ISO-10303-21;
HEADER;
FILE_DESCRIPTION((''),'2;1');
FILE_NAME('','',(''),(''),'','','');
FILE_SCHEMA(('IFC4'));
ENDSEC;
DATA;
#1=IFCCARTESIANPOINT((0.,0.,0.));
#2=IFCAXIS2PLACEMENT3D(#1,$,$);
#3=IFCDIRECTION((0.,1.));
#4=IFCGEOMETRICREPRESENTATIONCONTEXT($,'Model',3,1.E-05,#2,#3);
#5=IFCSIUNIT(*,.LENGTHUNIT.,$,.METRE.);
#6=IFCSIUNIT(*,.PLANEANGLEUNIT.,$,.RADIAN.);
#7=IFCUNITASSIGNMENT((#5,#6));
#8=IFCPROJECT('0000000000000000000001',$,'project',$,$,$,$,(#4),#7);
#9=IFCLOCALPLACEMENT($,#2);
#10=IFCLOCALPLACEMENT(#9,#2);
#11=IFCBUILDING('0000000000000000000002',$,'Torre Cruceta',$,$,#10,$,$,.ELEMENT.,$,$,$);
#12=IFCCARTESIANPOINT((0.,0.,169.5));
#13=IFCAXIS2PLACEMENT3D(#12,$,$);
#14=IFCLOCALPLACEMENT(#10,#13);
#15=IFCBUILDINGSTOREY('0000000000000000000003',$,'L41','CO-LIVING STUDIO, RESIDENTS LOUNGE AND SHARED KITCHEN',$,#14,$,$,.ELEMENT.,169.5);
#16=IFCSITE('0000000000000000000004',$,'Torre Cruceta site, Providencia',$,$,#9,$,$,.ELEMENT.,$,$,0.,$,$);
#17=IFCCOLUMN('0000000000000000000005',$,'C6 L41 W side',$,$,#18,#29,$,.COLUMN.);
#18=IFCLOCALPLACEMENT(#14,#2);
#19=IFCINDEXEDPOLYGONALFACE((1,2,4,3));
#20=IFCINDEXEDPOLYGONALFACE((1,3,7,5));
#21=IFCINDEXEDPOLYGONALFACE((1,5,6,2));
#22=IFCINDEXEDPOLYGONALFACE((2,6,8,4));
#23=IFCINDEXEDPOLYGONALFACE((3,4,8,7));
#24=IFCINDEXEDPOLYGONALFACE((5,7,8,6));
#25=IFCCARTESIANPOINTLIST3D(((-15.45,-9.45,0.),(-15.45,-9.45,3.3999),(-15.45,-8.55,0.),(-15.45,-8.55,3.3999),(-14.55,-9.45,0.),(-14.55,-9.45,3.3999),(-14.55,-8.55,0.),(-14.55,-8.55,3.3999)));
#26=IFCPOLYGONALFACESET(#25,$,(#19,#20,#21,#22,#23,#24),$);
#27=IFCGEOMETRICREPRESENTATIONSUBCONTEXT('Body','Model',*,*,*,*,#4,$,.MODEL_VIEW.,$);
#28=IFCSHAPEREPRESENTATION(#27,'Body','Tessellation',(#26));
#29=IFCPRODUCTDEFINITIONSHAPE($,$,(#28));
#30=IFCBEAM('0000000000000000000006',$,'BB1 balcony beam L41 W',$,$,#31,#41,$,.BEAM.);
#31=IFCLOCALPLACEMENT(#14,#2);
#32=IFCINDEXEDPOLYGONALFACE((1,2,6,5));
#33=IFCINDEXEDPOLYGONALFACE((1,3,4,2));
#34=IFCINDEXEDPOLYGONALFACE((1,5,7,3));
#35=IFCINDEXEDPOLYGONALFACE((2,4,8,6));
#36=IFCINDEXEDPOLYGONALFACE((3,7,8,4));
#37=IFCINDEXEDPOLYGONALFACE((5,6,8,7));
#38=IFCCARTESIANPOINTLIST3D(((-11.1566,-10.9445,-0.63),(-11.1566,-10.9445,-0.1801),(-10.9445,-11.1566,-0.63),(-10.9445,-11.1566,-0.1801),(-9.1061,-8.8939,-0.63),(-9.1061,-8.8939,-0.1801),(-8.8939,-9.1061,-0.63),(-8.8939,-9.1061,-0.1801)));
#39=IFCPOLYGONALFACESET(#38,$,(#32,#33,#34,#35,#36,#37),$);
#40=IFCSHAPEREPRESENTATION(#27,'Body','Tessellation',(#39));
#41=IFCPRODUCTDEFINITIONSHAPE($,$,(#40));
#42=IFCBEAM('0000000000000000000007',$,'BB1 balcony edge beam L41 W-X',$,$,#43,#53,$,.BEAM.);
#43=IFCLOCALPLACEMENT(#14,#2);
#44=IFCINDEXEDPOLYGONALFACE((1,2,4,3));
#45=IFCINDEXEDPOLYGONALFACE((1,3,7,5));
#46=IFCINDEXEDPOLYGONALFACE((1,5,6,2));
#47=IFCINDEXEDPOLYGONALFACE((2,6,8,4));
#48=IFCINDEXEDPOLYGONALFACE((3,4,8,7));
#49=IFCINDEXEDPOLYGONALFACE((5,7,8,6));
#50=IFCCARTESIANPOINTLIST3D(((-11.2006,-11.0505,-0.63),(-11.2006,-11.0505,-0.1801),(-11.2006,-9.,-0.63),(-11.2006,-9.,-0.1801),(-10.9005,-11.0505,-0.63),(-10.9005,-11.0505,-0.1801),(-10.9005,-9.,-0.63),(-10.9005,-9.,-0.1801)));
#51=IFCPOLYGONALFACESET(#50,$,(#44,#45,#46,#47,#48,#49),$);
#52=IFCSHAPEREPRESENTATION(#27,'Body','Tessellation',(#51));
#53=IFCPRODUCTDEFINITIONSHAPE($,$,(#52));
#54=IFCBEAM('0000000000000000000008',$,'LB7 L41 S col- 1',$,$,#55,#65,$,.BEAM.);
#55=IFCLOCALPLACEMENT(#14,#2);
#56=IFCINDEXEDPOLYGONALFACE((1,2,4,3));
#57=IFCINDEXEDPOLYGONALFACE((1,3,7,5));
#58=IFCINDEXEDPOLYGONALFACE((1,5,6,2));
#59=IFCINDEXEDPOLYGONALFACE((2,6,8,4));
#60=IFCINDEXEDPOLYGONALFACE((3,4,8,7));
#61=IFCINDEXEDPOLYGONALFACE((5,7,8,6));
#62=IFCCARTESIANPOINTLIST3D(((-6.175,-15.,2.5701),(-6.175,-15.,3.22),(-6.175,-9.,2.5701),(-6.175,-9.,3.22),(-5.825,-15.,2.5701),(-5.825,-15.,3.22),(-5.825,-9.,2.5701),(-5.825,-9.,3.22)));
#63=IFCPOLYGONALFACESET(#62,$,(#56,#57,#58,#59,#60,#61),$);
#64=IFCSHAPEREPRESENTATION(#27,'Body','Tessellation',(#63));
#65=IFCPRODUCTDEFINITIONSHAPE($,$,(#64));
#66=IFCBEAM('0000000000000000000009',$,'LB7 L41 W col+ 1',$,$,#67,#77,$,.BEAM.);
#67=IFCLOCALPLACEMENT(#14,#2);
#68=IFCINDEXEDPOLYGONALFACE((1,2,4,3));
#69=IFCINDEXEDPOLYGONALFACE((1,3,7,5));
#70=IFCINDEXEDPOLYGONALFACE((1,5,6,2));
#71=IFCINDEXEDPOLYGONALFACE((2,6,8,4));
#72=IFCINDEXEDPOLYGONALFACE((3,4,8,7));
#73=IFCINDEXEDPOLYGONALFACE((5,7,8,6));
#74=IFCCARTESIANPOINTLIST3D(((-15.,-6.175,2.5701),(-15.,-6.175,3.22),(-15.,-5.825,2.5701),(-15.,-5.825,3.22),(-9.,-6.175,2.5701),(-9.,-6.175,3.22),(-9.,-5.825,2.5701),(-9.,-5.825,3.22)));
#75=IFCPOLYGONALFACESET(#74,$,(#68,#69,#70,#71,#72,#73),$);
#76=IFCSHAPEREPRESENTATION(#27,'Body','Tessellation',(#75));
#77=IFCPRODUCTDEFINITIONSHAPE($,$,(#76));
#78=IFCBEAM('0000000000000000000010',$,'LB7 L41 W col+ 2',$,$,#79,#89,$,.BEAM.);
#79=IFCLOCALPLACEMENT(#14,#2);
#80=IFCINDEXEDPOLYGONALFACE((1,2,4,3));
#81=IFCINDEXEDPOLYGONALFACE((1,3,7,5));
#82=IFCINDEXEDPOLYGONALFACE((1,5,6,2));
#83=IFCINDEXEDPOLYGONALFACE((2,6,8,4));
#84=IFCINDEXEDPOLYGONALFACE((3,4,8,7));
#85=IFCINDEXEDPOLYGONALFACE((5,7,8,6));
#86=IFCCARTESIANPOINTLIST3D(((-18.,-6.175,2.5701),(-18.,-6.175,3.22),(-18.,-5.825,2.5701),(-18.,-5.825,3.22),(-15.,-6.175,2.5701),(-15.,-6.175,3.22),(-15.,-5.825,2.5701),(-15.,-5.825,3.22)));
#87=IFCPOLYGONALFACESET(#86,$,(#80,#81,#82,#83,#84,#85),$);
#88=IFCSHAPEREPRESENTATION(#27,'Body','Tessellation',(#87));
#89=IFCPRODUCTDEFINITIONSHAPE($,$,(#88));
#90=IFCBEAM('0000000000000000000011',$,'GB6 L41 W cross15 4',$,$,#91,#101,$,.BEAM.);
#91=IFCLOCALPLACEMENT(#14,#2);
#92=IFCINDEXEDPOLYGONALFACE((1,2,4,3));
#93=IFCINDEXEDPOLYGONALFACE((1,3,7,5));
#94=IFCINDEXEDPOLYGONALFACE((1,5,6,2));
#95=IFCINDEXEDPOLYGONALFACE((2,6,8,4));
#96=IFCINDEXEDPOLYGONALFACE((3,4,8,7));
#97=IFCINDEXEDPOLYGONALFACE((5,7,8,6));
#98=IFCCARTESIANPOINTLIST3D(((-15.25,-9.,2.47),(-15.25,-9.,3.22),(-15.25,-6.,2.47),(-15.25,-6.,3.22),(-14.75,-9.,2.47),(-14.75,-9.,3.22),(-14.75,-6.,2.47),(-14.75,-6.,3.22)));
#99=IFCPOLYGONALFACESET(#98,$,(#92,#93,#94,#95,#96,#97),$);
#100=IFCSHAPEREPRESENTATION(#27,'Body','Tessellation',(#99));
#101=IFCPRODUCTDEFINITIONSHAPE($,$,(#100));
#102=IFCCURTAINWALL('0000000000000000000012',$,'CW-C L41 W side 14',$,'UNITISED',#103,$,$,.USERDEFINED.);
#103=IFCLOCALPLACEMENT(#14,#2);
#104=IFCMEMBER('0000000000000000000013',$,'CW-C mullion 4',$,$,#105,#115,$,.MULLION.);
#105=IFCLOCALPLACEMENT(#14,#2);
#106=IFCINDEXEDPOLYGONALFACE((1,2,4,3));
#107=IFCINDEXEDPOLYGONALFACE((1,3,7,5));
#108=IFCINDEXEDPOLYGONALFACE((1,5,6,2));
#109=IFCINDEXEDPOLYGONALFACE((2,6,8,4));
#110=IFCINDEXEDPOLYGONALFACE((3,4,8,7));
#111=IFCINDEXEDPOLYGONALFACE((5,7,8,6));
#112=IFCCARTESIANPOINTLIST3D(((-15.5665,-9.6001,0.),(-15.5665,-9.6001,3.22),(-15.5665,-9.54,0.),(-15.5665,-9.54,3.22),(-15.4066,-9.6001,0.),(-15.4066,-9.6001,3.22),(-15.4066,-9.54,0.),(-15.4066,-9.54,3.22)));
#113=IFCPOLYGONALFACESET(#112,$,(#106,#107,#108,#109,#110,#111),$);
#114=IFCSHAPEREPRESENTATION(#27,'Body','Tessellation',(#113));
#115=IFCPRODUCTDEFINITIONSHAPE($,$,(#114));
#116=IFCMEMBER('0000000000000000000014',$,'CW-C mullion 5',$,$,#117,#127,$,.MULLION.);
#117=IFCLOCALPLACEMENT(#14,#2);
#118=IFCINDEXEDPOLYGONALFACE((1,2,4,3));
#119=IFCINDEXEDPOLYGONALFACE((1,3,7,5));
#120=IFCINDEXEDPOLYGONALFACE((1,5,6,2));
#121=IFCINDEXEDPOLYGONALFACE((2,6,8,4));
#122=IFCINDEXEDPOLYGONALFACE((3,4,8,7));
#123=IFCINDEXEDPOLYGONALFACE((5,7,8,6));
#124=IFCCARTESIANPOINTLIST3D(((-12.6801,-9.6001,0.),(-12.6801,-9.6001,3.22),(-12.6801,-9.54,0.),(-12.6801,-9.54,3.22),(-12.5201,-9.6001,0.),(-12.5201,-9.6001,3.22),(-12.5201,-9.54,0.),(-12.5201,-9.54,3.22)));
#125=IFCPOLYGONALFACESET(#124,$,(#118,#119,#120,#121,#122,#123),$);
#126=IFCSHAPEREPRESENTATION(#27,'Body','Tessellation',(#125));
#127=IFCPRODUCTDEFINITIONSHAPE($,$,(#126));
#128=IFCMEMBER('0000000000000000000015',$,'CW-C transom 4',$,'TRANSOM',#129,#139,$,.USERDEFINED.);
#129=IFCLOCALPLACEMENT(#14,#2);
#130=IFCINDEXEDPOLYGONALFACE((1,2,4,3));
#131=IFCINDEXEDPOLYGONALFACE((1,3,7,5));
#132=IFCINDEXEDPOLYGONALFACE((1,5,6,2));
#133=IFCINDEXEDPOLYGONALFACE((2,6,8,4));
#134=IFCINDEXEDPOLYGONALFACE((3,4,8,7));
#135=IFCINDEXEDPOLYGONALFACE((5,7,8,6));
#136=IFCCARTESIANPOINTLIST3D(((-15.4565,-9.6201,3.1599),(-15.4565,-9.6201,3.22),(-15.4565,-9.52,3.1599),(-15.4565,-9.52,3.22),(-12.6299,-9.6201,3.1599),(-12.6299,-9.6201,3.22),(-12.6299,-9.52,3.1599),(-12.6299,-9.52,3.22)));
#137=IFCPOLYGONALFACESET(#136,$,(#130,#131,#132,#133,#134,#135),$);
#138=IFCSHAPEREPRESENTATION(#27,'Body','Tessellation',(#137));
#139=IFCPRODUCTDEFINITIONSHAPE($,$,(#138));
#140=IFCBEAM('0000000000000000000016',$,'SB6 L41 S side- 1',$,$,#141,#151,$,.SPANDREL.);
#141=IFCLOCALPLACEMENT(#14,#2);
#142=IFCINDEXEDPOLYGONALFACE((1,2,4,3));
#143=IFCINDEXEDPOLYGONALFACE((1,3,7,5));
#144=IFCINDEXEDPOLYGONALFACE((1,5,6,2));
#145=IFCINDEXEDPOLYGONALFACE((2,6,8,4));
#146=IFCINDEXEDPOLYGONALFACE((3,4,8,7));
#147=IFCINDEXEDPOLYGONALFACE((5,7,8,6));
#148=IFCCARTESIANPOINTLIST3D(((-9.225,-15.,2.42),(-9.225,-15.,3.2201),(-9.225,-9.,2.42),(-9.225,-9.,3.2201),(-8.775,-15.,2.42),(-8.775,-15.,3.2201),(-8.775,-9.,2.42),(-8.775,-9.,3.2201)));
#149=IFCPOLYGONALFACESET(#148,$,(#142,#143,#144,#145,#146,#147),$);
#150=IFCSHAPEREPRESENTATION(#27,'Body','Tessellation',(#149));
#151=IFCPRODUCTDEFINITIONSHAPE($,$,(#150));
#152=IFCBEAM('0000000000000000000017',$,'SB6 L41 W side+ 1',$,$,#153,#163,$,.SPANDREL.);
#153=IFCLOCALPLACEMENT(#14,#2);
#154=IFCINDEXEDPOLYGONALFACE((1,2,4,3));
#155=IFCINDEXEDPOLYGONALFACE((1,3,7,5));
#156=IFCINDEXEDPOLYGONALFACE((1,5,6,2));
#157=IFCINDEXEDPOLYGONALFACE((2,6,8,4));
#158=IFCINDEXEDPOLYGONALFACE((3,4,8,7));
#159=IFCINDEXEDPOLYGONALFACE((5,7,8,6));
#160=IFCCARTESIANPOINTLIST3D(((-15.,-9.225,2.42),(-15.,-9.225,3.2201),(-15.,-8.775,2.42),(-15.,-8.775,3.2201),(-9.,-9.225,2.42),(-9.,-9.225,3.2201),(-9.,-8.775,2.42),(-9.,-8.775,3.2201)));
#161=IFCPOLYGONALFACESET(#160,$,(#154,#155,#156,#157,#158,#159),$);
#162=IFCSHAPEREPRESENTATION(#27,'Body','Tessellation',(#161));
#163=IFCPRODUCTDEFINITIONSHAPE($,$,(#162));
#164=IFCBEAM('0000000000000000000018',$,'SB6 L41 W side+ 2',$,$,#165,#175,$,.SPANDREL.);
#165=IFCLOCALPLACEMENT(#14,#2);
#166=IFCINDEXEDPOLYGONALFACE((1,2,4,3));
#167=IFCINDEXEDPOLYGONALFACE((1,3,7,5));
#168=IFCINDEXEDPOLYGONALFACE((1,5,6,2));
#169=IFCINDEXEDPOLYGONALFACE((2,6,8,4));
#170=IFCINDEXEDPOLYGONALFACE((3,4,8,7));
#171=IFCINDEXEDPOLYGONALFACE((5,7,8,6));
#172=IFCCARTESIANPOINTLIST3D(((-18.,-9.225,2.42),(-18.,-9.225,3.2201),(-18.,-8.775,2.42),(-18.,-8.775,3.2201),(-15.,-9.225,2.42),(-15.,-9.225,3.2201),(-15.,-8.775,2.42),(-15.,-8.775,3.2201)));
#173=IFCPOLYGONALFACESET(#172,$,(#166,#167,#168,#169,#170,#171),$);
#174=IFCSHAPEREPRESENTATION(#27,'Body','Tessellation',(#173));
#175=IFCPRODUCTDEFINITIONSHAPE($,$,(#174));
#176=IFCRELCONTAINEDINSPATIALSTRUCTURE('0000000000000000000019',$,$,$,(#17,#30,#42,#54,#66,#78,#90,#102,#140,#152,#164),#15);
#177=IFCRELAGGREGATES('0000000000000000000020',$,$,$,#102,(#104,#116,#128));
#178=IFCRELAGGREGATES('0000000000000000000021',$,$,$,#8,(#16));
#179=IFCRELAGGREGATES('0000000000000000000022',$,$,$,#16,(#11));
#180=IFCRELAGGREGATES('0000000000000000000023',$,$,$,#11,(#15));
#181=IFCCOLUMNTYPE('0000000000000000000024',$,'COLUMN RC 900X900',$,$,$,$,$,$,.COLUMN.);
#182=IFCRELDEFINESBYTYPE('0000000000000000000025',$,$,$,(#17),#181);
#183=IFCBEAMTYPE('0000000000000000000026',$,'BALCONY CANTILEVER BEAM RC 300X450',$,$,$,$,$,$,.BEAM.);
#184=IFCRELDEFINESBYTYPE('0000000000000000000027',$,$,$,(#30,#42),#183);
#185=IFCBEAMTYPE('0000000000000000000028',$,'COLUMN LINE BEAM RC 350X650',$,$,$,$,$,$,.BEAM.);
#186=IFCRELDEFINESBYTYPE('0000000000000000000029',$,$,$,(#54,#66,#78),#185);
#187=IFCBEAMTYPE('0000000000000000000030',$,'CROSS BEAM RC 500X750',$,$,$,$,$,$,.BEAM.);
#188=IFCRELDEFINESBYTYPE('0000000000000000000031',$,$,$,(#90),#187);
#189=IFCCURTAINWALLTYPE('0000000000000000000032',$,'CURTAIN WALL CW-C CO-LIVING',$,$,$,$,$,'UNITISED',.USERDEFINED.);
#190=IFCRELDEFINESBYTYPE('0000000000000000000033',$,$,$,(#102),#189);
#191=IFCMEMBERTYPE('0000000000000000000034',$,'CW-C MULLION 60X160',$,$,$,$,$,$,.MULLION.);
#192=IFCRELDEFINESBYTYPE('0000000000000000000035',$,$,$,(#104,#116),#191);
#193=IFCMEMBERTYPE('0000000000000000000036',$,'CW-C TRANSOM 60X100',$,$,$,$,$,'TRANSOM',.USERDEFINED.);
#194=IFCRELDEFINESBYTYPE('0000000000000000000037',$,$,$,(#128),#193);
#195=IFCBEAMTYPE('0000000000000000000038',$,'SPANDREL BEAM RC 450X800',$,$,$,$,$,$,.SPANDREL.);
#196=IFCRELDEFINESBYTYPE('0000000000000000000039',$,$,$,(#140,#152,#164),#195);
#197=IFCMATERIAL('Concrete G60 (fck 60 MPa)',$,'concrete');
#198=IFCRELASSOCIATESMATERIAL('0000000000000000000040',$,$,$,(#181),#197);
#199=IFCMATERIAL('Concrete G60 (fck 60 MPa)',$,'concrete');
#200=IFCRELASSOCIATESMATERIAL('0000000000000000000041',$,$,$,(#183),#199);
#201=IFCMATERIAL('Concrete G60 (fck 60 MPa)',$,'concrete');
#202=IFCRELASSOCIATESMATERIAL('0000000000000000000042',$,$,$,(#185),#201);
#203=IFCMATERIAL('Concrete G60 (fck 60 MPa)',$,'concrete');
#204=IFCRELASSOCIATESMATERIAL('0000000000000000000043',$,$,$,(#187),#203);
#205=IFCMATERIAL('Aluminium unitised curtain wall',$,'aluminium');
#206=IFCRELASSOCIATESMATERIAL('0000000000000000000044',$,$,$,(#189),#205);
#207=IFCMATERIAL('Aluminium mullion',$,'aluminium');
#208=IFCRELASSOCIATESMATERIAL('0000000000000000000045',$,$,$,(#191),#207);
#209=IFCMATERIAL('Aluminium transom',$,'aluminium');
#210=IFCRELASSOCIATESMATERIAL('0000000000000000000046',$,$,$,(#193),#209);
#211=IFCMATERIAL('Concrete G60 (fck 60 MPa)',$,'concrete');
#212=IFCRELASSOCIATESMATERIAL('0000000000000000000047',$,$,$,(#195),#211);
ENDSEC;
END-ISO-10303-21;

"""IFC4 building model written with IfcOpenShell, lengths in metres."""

from ifc_helpers import new_model, si_unit, direction, frame, origin, origin_2d, place, context, subcontext, project, spatial, rectangle, extrude, material, material_profile, profile_set, type_object, element, aggregate, save


model = new_model("IFC4")

# Units and contexts
model_context = context("Model", 3, precision=1e-05, world=origin(), true_north=direction((0.0, 1.0)))
body_context = subcontext(model_context, "Body", "Model", "MODEL_VIEW")
ifc_project = project(units=[si_unit("LENGTHUNIT", "METRE"), si_unit("PLANEANGLEUNIT", "RADIAN")], contexts=[model_context])

# Site, building, storey
site_placement = place(None, origin())
site = spatial("IfcSite", under=ifc_project, at=site_placement, Name="Torre Cruceta site, Providencia", CompositionType="ELEMENT", RefElevation=0.0)
building_placement = place(site_placement, origin())
building = spatial("IfcBuilding", under=site, at=building_placement, Name="Torre Cruceta", CompositionType="ELEMENT")
storey_placement = place(building_placement, frame((0.0, 0.0, 169.5)))
storey = spatial("IfcBuildingStorey", under=building, at=storey_placement, Name="L41", Description="CO-LIVING STUDIO, RESIDENTS LOUNGE AND SHARED KITCHEN", CompositionType="ELEMENT", Elevation=169.5)

# Column
ifc_material_1 = material(Name="Concrete G60 (fck 60 MPa)", Category="concrete")
ifc_material_profile_1 = material_profile(ifc_material_1, rectangle(XDim=0.8999, YDim=0.8999, at=origin_2d()), Name="RC 900X900")
ifc_profile_set_1 = profile_set([ifc_material_profile_1], Name="Concrete G60 (fck 60 MPa)")
column_type = type_object("IfcColumnType", Name="COLUMN RC 900X900", PredefinedType="COLUMN", material=ifc_profile_set_1)
column_placement = place(storey_placement, frame((-15.0, -9.0, 0.0), z_axis=(0.0, 0.0, 1.0), x_axis=(1.0, 0.0, 0.0)))
element("IfcColumn", 1, at=column_placement, inside=storey, type_object=column_type, Name="C6 L41 W side", PredefinedType="COLUMN", context=body_context, shape_type="SweptSolid", body=[
    extrude(rectangle(XDim=0.8999, YDim=0.8999, at=origin_2d()), origin(), (0.0, 0.0, 1.0), 3.3999),
])

# Beams
ifc_material_2 = material(Name="Concrete G60 (fck 60 MPa)", Category="concrete")
ifc_material_profile_2 = material_profile(ifc_material_2, rectangle(XDim=0.3, YDim=0.45, at=origin_2d()), Name="RC 300X450")
ifc_profile_set_2 = profile_set([ifc_material_profile_2], Name="Concrete G60 (fck 60 MPa)")
beam_type_1 = type_object("IfcBeamType", Name="BALCONY CANTILEVER BEAM RC 300X450", PredefinedType="BEAM", material=ifc_profile_set_2)
beam_1_placement = place(storey_placement, frame((-9.0, -9.0, -0.405), z_axis=(-0.707107, -0.707107, 0.0), x_axis=(0.707107, -0.707107, 0.0)))
element("IfcBeam", 2, at=beam_1_placement, inside=storey, type_object=beam_type_1, Name="BB1 balcony beam L41 W", PredefinedType="BEAM", context=body_context, shape_type="SweptSolid", body=[
    extrude(rectangle(XDim=0.3, YDim=0.45, at=origin_2d()), origin(), (0.0, 0.0, 1.0), 2.8999),
])
beam_2_placement = place(storey_placement, frame((-11.0505, -9.0, -0.405), z_axis=(0.0, -1.0, 0.0), x_axis=(1.0, 0.0, 0.0)))
element("IfcBeam", 3, at=beam_2_placement, inside=storey, type_object=beam_type_1, Name="BB1 balcony edge beam L41 W-X", PredefinedType="BEAM", context=body_context, shape_type="SweptSolid", body=[
    extrude(rectangle(XDim=0.3, YDim=0.45, at=origin_2d()), origin(), (0.0, 0.0, 1.0), 2.0505),
])
ifc_material_3 = material(Name="Concrete G60 (fck 60 MPa)", Category="concrete")
ifc_material_profile_3 = material_profile(ifc_material_3, rectangle(XDim=0.3501, YDim=0.6499, at=origin_2d()), Name="RC 350X650")
ifc_profile_set_3 = profile_set([ifc_material_profile_3], Name="Concrete G60 (fck 60 MPa)")
beam_type_2 = type_object("IfcBeamType", Name="COLUMN LINE BEAM RC 350X650", PredefinedType="BEAM", material=ifc_profile_set_3)
for number, where, z_axis, x_axis, name in (
    (4, (-6.0, -9.0, 2.895), (0.0, -1.0, 0.0), (1.0, 0.0, 0.0), "LB7 L41 S col- 1"),
    (5, (-9.0, -6.0, 2.895), (-1.0, 0.0, 0.0), (0.0, -1.0, 0.0), "LB7 L41 W col+ 1"),
):
    element("IfcBeam", number, at=place(storey_placement, frame(where, z_axis=z_axis, x_axis=x_axis)), inside=storey, type_object=beam_type_2, Name=name, PredefinedType="BEAM", context=body_context, shape_type="SweptSolid", body=[
        extrude(rectangle(XDim=0.3501, YDim=0.6499, at=origin_2d()), origin(), (0.0, 0.0, 1.0), 6.0),
    ])
beam_3_placement = place(storey_placement, frame((-15.0, -6.0, 2.895), z_axis=(-1.0, 0.0, 0.0), x_axis=(0.0, -1.0, 0.0)))
element("IfcBeam", 6, at=beam_3_placement, inside=storey, type_object=beam_type_2, Name="LB7 L41 W col+ 2", PredefinedType="BEAM", context=body_context, shape_type="SweptSolid", body=[
    extrude(rectangle(XDim=0.3501, YDim=0.6499, at=origin_2d()), origin(), (0.0, 0.0, 1.0), 3.0),
])
ifc_material_4 = material(Name="Concrete G60 (fck 60 MPa)", Category="concrete")
ifc_material_profile_4 = material_profile(ifc_material_4, rectangle(XDim=0.5, YDim=0.75, at=origin_2d()), Name="RC 500X750")
ifc_profile_set_4 = profile_set([ifc_material_profile_4], Name="Concrete G60 (fck 60 MPa)")
beam_type_3 = type_object("IfcBeamType", Name="CROSS BEAM RC 500X750", PredefinedType="BEAM", material=ifc_profile_set_4)
beam_4_placement = place(storey_placement, frame((-15.0, -6.0, 2.845), z_axis=(0.0, -1.0, 0.0), x_axis=(1.0, 0.0, 0.0)))
element("IfcBeam", 7, at=beam_4_placement, inside=storey, type_object=beam_type_3, Name="GB6 L41 W cross15 4", PredefinedType="BEAM", context=body_context, shape_type="SweptSolid", body=[
    extrude(rectangle(XDim=0.5, YDim=0.75, at=origin_2d()), origin(), (0.0, 0.0, 1.0), 3.0),
])

# Curtain wall, members
ifc_material_5 = material(Name="Aluminium unitised curtain wall", Category="aluminium")
curtain_wall_type = type_object("IfcCurtainWallType", Name="CURTAIN WALL CW-C CO-LIVING", ElementType="UNITISED", PredefinedType="USERDEFINED", material=ifc_material_5)
curtain_wall_placement = place(storey_placement, origin())
curtain_wall = element("IfcCurtainWall", 8, at=curtain_wall_placement, inside=storey, type_object=curtain_wall_type, Name="CW-C L41 W side 14", ObjectType="UNITISED", PredefinedType="USERDEFINED")
ifc_material_6 = material(Name="Aluminium mullion", Category="aluminium")
ifc_material_profile_5 = material_profile(ifc_material_6, rectangle(XDim=0.0601, YDim=0.1599, at=origin_2d()), Name="AL 60X160")
ifc_profile_set_5 = profile_set([ifc_material_profile_5], Name="Aluminium mullion")
member_type_1 = type_object("IfcMemberType", Name="CW-C MULLION 60X160", PredefinedType="MULLION", material=ifc_profile_set_5)
member_1_placement = place(storey_placement, frame((-15.4866, -9.5701, 0.0), z_axis=(0.0, 0.0, 1.0), x_axis=(0.0, 1.0, 0.0)))
member_1 = element("IfcMember", 9, at=member_1_placement, type_object=member_type_1, Name="CW-C mullion 4", PredefinedType="MULLION", context=body_context, shape_type="SweptSolid", body=[
    extrude(rectangle(XDim=0.0601, YDim=0.1599, at=origin_2d()), origin(), (0.0, 0.0, 1.0), 3.22),
])
member_2_placement = place(storey_placement, frame((-12.6001, -9.5701, 0.0), z_axis=(0.0, 0.0, 1.0), x_axis=(0.0, 1.0, 0.0)))
member_2 = element("IfcMember", 10, at=member_2_placement, type_object=member_type_1, Name="CW-C mullion 5", PredefinedType="MULLION", context=body_context, shape_type="SweptSolid", body=[
    extrude(rectangle(XDim=0.0601, YDim=0.1599, at=origin_2d()), origin(), (0.0, 0.0, 1.0), 3.22),
])
ifc_material_7 = material(Name="Aluminium transom", Category="aluminium")
ifc_material_profile_6 = material_profile(ifc_material_7, rectangle(XDim=0.1001, YDim=0.0601, at=origin_2d()), Name="AL 100X60")
ifc_profile_set_6 = profile_set([ifc_material_profile_6], Name="Aluminium transom")
member_type_2 = type_object("IfcMemberType", Name="CW-C TRANSOM 60X100", ElementType="TRANSOM", PredefinedType="USERDEFINED", material=ifc_profile_set_6)
member_3_placement = place(storey_placement, frame((-15.4565, -9.5701, 3.1899), z_axis=(1.0, 0.0, 0.0), x_axis=(0.0, 1.0, 0.0)))
member_3 = element("IfcMember", 11, at=member_3_placement, type_object=member_type_2, Name="CW-C transom 4", ObjectType="TRANSOM", PredefinedType="USERDEFINED", context=body_context, shape_type="SweptSolid", body=[
    extrude(rectangle(XDim=0.1001, YDim=0.0601, at=origin_2d()), origin(), (0.0, 0.0, 1.0), 2.8267),
])

# Beams
ifc_material_8 = material(Name="Concrete G60 (fck 60 MPa)", Category="concrete")
ifc_material_profile_7 = material_profile(ifc_material_8, rectangle(XDim=0.45, YDim=0.8, at=origin_2d()), Name="RC 450X800")
ifc_profile_set_7 = profile_set([ifc_material_profile_7], Name="Concrete G60 (fck 60 MPa)")
beam_type_4 = type_object("IfcBeamType", Name="SPANDREL BEAM RC 450X800", PredefinedType="SPANDREL", material=ifc_profile_set_7)
for number, where, z_axis, x_axis, name in (
    (12, (-9.0, -9.0, 2.8201), (0.0, -1.0, 0.0), (1.0, 0.0, 0.0), "SB6 L41 S side- 1"),
    (13, (-9.0, -9.0, 2.8201), (-1.0, 0.0, 0.0), (0.0, -1.0, 0.0), "SB6 L41 W side+ 1"),
):
    element("IfcBeam", number, at=place(storey_placement, frame(where, z_axis=z_axis, x_axis=x_axis)), inside=storey, type_object=beam_type_4, Name=name, PredefinedType="SPANDREL", context=body_context, shape_type="SweptSolid", body=[
        extrude(rectangle(XDim=0.45, YDim=0.8, at=origin_2d()), origin(), (0.0, 0.0, 1.0), 6.0),
    ])
beam_5_placement = place(storey_placement, frame((-15.0, -9.0, 2.8201), z_axis=(-1.0, 0.0, 0.0), x_axis=(0.0, -1.0, 0.0)))
element("IfcBeam", 14, at=beam_5_placement, inside=storey, type_object=beam_type_4, Name="SB6 L41 W side+ 2", PredefinedType="SPANDREL", context=body_context, shape_type="SweptSolid", body=[
    extrude(rectangle(XDim=0.45, YDim=0.8, at=origin_2d()), origin(), (0.0, 0.0, 1.0), 3.0),
])

aggregate(curtain_wall, [member_1, member_2, member_3])

save(model, "model.ifc")
